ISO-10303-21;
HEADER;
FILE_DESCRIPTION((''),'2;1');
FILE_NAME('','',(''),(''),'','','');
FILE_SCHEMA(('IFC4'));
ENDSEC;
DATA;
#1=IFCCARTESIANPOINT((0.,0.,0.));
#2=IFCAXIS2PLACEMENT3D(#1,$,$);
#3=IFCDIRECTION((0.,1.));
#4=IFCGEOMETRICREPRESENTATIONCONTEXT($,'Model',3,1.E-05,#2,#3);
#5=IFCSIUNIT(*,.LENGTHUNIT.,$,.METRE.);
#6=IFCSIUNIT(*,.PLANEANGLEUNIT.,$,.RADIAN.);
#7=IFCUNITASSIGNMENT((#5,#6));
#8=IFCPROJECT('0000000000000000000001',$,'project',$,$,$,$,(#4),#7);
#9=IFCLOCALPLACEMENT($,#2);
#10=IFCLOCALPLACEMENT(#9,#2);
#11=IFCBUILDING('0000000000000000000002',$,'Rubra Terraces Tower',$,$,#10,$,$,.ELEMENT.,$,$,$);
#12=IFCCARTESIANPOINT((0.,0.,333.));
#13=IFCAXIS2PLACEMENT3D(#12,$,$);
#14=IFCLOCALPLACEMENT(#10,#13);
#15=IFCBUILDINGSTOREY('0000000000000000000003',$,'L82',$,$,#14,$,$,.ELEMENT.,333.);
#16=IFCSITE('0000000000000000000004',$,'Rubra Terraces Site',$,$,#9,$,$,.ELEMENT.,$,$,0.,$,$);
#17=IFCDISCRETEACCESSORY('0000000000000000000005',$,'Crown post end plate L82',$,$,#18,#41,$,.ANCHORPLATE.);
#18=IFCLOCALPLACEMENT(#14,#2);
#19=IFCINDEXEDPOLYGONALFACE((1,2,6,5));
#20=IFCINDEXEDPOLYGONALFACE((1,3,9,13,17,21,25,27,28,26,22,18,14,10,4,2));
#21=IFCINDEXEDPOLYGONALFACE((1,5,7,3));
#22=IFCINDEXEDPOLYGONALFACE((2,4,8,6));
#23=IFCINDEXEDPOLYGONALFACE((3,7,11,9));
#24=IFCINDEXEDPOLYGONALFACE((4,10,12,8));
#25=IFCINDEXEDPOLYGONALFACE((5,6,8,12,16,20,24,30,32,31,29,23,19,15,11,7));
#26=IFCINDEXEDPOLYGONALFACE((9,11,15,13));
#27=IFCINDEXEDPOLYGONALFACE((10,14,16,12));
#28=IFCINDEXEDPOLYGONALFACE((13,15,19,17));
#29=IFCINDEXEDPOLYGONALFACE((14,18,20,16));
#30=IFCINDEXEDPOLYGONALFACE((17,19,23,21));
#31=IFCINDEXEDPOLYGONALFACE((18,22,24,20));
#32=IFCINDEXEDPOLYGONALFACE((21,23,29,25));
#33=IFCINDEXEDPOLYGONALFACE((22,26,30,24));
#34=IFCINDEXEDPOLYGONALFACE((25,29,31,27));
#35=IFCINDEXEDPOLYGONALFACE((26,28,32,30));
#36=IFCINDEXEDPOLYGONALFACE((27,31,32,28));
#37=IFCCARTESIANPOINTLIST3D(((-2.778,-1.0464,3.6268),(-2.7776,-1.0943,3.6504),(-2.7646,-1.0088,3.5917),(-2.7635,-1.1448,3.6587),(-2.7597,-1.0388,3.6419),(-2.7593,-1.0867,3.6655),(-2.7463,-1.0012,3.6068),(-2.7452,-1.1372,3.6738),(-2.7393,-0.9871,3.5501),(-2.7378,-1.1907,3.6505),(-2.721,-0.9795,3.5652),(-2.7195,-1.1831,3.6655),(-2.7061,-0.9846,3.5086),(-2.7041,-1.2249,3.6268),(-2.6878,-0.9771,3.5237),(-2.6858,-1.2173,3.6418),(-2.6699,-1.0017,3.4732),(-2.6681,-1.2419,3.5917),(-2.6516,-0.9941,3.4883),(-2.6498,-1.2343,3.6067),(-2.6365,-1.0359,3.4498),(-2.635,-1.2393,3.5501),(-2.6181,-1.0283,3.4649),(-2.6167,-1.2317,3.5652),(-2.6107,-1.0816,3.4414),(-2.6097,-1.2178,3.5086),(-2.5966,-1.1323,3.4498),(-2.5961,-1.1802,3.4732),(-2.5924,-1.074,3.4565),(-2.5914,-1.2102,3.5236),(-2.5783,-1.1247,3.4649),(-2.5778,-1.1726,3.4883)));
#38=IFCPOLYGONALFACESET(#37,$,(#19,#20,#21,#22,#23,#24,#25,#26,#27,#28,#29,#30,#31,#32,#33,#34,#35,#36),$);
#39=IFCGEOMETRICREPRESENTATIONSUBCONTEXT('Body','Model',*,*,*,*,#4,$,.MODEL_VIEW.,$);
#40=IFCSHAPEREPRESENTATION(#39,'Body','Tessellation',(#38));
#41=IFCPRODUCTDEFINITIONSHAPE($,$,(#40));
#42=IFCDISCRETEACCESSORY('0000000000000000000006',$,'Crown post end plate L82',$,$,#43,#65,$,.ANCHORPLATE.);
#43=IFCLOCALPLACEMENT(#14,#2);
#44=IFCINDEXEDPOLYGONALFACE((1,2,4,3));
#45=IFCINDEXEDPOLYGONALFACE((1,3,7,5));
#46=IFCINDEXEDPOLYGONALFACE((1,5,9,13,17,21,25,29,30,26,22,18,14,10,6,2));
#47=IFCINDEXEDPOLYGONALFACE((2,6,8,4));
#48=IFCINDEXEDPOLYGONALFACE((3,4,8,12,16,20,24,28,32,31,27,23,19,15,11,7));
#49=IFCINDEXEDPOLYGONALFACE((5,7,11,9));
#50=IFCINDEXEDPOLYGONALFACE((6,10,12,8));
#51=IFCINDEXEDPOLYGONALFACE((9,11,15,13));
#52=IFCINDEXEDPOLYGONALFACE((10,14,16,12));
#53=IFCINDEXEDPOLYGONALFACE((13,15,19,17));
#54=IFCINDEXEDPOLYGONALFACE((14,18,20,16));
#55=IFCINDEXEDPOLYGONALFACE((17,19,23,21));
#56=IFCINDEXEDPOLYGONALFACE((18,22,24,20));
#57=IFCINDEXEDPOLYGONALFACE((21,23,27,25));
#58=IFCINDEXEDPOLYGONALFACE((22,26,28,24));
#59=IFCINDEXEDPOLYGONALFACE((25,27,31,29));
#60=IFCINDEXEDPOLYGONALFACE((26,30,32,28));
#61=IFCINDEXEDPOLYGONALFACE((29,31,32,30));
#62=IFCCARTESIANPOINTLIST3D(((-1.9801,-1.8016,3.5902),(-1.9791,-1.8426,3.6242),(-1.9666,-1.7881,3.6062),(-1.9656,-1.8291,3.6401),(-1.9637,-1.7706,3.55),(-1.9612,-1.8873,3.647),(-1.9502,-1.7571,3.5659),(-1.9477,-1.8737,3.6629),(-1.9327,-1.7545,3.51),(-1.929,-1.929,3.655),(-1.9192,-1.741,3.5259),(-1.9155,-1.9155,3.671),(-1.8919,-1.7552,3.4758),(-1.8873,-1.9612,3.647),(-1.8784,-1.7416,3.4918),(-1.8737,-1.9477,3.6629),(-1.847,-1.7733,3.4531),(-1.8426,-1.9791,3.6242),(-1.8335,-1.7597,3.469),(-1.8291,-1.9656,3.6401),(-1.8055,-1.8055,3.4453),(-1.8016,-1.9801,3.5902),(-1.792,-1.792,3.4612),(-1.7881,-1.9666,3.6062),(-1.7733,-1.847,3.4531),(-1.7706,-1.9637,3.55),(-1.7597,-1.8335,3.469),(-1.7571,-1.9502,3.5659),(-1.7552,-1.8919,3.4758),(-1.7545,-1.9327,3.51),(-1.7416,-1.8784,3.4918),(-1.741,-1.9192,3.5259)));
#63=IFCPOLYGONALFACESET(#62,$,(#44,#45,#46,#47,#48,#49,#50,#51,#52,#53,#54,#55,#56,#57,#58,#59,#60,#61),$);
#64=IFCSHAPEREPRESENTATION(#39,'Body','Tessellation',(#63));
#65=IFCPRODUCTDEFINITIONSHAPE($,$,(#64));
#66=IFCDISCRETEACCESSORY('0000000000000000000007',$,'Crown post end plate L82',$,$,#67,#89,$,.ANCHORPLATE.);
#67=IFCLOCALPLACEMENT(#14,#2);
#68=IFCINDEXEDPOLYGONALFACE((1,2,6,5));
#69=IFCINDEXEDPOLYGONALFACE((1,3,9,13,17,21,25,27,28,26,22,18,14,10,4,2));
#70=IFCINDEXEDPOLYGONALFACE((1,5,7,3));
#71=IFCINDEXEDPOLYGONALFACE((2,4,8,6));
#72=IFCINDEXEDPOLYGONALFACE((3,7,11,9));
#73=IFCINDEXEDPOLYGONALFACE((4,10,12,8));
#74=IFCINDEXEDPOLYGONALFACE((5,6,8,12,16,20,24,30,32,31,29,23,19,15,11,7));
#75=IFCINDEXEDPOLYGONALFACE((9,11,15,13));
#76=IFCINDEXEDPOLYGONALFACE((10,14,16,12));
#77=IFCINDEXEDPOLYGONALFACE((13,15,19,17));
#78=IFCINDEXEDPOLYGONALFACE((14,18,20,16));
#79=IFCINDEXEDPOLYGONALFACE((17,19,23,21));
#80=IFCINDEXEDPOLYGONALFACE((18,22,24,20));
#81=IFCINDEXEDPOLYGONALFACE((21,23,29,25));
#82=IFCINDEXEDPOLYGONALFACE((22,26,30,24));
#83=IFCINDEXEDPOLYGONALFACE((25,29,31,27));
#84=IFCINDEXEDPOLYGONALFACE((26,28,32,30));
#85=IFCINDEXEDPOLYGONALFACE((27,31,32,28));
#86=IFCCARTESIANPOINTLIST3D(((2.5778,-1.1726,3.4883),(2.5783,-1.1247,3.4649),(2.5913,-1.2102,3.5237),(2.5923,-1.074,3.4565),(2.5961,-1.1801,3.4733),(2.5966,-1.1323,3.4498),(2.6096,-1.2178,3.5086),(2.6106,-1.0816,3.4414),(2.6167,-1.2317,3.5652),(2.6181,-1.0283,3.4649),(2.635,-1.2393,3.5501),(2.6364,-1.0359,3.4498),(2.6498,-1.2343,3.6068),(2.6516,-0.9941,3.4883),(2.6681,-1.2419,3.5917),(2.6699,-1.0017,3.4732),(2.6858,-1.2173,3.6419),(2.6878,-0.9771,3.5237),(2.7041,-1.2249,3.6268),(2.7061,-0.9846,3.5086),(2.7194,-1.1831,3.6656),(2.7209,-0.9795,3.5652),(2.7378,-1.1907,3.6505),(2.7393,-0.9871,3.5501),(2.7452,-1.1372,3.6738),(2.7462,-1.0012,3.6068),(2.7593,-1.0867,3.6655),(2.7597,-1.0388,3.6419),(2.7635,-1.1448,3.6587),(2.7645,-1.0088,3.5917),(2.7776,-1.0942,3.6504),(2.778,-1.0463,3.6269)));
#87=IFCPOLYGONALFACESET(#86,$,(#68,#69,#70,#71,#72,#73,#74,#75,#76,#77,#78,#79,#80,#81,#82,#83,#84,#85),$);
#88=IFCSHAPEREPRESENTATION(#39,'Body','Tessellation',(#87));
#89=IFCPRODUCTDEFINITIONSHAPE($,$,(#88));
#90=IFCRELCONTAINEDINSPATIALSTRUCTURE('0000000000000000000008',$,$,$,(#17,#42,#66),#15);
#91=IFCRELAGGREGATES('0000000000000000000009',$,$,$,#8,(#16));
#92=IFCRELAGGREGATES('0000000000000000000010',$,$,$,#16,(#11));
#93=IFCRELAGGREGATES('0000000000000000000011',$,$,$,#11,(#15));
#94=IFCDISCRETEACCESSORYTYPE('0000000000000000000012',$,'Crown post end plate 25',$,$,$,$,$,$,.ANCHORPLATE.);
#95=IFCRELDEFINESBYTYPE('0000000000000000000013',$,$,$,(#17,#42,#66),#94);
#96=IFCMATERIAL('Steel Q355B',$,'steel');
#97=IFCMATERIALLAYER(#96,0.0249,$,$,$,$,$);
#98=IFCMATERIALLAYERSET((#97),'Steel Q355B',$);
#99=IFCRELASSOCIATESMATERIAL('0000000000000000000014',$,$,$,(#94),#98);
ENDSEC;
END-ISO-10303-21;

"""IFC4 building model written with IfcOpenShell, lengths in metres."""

from ifc_helpers import new_model, si_unit, direction, frame, origin, place, context, subcontext, project, spatial, polyline, outline, extrude, material, layer, layer_set, type_object, element, save


model = new_model("IFC4")

# Units and contexts
model_context = context("Model", 3, precision=1e-05, world=origin(), true_north=direction((0.0, 1.0)))
body_context = subcontext(model_context, "Body", "Model", "MODEL_VIEW")
ifc_project = project(units=[si_unit("LENGTHUNIT", "METRE"), si_unit("PLANEANGLEUNIT", "RADIAN")], contexts=[model_context])

# Site, building, storey
site_placement = place(None, origin())
site = spatial("IfcSite", under=ifc_project, at=site_placement, Name="Rubra Terraces Site", CompositionType="ELEMENT", RefElevation=0.0)
building_placement = place(site_placement, origin())
building = spatial("IfcBuilding", under=site, at=building_placement, Name="Rubra Terraces Tower", CompositionType="ELEMENT")
storey_placement = place(building_placement, frame((0.0, 0.0, 333.0)))
storey = spatial("IfcBuildingStorey", under=building, at=storey_placement, Name="L82", CompositionType="ELEMENT", Elevation=333.0)

# Discrete accessories
ifc_material_1 = material(Name="Steel Q355B", Category="steel")
ifc_layer_1 = layer(ifc_material_1, 0.0249)
ifc_layer_set_1 = layer_set([ifc_layer_1], Name="Steel Q355B")
discrete_accessory_type = type_object("IfcDiscreteAccessoryType", Name="Crown post end plate 25", PredefinedType="ANCHORPLATE", material=ifc_layer_set_1)
discrete_accessory_1_placement = place(storey_placement, frame((-2.6167, -1.2317, 3.5652), z_axis=(0.735286, 0.304063, 0.605722), x_axis=(0.476527, 0.403587, -0.78105)))
element("IfcDiscreteAccessory", 1, at=discrete_accessory_1_placement, inside=storey, type_object=discrete_accessory_type, Name="Crown post end plate L82", PredefinedType="ANCHORPLATE", context=body_context, shape_type="SweptSolid", body=[
    extrude(outline(polyline([(0.0, 0.0), (0.0532, 0.0), (0.1024, 0.0206), (0.1398, 0.0586), (0.1601, 0.1078), (0.1598, 0.161), (0.1393, 0.2101), (0.1013, 0.2477), (0.0521, 0.2679), (-0.0012, 0.2677), (-0.0502, 0.247), (-0.0878, 0.2091), (-0.1079, 0.1599), (-0.1077, 0.1067), (-0.087, 0.0574), (-0.0493, 0.02), (0.0, 0.0)])), origin(), (0.0, 0.0, -1.0), 0.0249),
])
discrete_accessory_2_placement = place(storey_placement, frame((-1.7571, -1.9502, 3.5659), z_axis=(0.543458, 0.543458, 0.639771), x_axis=(0.303296, 0.583535, -0.753325)))
element("IfcDiscreteAccessory", 2, at=discrete_accessory_2_placement, inside=storey, type_object=discrete_accessory_type, Name="Crown post end plate L82", PredefinedType="ANCHORPLATE", context=body_context, shape_type="SweptSolid", body=[
    extrude(outline(polyline([(0.0, 0.0), (0.0531, 0.0), (0.1025, 0.02), (0.1403, 0.0578), (0.1606, 0.1068), (0.161, 0.16), (0.1408, 0.2095), (0.1031, 0.247), (0.0541, 0.2677), (0.0007, 0.2679), (-0.0485, 0.2476), (-0.0863, 0.2101), (-0.1069, 0.1609), (-0.107, 0.1076), (-0.0867, 0.0584), (-0.0493, 0.0205), (0.0, 0.0)])), origin(), (0.0, 0.0, -1.0), 0.0249),
])
discrete_accessory_3_placement = place(storey_placement, frame((2.7209, -0.9795, 3.5652), z_axis=(-0.735286, 0.304063, 0.605722), x_axis=(-0.623812, 0.045792, -0.780232)))
element("IfcDiscreteAccessory", 3, at=discrete_accessory_3_placement, inside=storey, type_object=discrete_accessory_type, Name="Crown post end plate L82", PredefinedType="ANCHORPLATE", context=body_context, shape_type="SweptSolid", body=[
    extrude(outline(polyline([(0.0, 0.0), (0.0532, 0.0), (0.1026, 0.0203), (0.1402, 0.058), (0.1607, 0.107), (0.1606, 0.1604), (0.1404, 0.2097), (0.1027, 0.2474), (0.0535, 0.2676), (0.0003, 0.2678), (-0.0488, 0.2475), (-0.0867, 0.2098), (-0.1071, 0.1606), (-0.1071, 0.1075), (-0.0867, 0.0581), (-0.0492, 0.0204), (0.0, 0.0)])), origin(), (0.0, 0.0, -1.0), 0.0249),
])

save(model, "model.ifc")
